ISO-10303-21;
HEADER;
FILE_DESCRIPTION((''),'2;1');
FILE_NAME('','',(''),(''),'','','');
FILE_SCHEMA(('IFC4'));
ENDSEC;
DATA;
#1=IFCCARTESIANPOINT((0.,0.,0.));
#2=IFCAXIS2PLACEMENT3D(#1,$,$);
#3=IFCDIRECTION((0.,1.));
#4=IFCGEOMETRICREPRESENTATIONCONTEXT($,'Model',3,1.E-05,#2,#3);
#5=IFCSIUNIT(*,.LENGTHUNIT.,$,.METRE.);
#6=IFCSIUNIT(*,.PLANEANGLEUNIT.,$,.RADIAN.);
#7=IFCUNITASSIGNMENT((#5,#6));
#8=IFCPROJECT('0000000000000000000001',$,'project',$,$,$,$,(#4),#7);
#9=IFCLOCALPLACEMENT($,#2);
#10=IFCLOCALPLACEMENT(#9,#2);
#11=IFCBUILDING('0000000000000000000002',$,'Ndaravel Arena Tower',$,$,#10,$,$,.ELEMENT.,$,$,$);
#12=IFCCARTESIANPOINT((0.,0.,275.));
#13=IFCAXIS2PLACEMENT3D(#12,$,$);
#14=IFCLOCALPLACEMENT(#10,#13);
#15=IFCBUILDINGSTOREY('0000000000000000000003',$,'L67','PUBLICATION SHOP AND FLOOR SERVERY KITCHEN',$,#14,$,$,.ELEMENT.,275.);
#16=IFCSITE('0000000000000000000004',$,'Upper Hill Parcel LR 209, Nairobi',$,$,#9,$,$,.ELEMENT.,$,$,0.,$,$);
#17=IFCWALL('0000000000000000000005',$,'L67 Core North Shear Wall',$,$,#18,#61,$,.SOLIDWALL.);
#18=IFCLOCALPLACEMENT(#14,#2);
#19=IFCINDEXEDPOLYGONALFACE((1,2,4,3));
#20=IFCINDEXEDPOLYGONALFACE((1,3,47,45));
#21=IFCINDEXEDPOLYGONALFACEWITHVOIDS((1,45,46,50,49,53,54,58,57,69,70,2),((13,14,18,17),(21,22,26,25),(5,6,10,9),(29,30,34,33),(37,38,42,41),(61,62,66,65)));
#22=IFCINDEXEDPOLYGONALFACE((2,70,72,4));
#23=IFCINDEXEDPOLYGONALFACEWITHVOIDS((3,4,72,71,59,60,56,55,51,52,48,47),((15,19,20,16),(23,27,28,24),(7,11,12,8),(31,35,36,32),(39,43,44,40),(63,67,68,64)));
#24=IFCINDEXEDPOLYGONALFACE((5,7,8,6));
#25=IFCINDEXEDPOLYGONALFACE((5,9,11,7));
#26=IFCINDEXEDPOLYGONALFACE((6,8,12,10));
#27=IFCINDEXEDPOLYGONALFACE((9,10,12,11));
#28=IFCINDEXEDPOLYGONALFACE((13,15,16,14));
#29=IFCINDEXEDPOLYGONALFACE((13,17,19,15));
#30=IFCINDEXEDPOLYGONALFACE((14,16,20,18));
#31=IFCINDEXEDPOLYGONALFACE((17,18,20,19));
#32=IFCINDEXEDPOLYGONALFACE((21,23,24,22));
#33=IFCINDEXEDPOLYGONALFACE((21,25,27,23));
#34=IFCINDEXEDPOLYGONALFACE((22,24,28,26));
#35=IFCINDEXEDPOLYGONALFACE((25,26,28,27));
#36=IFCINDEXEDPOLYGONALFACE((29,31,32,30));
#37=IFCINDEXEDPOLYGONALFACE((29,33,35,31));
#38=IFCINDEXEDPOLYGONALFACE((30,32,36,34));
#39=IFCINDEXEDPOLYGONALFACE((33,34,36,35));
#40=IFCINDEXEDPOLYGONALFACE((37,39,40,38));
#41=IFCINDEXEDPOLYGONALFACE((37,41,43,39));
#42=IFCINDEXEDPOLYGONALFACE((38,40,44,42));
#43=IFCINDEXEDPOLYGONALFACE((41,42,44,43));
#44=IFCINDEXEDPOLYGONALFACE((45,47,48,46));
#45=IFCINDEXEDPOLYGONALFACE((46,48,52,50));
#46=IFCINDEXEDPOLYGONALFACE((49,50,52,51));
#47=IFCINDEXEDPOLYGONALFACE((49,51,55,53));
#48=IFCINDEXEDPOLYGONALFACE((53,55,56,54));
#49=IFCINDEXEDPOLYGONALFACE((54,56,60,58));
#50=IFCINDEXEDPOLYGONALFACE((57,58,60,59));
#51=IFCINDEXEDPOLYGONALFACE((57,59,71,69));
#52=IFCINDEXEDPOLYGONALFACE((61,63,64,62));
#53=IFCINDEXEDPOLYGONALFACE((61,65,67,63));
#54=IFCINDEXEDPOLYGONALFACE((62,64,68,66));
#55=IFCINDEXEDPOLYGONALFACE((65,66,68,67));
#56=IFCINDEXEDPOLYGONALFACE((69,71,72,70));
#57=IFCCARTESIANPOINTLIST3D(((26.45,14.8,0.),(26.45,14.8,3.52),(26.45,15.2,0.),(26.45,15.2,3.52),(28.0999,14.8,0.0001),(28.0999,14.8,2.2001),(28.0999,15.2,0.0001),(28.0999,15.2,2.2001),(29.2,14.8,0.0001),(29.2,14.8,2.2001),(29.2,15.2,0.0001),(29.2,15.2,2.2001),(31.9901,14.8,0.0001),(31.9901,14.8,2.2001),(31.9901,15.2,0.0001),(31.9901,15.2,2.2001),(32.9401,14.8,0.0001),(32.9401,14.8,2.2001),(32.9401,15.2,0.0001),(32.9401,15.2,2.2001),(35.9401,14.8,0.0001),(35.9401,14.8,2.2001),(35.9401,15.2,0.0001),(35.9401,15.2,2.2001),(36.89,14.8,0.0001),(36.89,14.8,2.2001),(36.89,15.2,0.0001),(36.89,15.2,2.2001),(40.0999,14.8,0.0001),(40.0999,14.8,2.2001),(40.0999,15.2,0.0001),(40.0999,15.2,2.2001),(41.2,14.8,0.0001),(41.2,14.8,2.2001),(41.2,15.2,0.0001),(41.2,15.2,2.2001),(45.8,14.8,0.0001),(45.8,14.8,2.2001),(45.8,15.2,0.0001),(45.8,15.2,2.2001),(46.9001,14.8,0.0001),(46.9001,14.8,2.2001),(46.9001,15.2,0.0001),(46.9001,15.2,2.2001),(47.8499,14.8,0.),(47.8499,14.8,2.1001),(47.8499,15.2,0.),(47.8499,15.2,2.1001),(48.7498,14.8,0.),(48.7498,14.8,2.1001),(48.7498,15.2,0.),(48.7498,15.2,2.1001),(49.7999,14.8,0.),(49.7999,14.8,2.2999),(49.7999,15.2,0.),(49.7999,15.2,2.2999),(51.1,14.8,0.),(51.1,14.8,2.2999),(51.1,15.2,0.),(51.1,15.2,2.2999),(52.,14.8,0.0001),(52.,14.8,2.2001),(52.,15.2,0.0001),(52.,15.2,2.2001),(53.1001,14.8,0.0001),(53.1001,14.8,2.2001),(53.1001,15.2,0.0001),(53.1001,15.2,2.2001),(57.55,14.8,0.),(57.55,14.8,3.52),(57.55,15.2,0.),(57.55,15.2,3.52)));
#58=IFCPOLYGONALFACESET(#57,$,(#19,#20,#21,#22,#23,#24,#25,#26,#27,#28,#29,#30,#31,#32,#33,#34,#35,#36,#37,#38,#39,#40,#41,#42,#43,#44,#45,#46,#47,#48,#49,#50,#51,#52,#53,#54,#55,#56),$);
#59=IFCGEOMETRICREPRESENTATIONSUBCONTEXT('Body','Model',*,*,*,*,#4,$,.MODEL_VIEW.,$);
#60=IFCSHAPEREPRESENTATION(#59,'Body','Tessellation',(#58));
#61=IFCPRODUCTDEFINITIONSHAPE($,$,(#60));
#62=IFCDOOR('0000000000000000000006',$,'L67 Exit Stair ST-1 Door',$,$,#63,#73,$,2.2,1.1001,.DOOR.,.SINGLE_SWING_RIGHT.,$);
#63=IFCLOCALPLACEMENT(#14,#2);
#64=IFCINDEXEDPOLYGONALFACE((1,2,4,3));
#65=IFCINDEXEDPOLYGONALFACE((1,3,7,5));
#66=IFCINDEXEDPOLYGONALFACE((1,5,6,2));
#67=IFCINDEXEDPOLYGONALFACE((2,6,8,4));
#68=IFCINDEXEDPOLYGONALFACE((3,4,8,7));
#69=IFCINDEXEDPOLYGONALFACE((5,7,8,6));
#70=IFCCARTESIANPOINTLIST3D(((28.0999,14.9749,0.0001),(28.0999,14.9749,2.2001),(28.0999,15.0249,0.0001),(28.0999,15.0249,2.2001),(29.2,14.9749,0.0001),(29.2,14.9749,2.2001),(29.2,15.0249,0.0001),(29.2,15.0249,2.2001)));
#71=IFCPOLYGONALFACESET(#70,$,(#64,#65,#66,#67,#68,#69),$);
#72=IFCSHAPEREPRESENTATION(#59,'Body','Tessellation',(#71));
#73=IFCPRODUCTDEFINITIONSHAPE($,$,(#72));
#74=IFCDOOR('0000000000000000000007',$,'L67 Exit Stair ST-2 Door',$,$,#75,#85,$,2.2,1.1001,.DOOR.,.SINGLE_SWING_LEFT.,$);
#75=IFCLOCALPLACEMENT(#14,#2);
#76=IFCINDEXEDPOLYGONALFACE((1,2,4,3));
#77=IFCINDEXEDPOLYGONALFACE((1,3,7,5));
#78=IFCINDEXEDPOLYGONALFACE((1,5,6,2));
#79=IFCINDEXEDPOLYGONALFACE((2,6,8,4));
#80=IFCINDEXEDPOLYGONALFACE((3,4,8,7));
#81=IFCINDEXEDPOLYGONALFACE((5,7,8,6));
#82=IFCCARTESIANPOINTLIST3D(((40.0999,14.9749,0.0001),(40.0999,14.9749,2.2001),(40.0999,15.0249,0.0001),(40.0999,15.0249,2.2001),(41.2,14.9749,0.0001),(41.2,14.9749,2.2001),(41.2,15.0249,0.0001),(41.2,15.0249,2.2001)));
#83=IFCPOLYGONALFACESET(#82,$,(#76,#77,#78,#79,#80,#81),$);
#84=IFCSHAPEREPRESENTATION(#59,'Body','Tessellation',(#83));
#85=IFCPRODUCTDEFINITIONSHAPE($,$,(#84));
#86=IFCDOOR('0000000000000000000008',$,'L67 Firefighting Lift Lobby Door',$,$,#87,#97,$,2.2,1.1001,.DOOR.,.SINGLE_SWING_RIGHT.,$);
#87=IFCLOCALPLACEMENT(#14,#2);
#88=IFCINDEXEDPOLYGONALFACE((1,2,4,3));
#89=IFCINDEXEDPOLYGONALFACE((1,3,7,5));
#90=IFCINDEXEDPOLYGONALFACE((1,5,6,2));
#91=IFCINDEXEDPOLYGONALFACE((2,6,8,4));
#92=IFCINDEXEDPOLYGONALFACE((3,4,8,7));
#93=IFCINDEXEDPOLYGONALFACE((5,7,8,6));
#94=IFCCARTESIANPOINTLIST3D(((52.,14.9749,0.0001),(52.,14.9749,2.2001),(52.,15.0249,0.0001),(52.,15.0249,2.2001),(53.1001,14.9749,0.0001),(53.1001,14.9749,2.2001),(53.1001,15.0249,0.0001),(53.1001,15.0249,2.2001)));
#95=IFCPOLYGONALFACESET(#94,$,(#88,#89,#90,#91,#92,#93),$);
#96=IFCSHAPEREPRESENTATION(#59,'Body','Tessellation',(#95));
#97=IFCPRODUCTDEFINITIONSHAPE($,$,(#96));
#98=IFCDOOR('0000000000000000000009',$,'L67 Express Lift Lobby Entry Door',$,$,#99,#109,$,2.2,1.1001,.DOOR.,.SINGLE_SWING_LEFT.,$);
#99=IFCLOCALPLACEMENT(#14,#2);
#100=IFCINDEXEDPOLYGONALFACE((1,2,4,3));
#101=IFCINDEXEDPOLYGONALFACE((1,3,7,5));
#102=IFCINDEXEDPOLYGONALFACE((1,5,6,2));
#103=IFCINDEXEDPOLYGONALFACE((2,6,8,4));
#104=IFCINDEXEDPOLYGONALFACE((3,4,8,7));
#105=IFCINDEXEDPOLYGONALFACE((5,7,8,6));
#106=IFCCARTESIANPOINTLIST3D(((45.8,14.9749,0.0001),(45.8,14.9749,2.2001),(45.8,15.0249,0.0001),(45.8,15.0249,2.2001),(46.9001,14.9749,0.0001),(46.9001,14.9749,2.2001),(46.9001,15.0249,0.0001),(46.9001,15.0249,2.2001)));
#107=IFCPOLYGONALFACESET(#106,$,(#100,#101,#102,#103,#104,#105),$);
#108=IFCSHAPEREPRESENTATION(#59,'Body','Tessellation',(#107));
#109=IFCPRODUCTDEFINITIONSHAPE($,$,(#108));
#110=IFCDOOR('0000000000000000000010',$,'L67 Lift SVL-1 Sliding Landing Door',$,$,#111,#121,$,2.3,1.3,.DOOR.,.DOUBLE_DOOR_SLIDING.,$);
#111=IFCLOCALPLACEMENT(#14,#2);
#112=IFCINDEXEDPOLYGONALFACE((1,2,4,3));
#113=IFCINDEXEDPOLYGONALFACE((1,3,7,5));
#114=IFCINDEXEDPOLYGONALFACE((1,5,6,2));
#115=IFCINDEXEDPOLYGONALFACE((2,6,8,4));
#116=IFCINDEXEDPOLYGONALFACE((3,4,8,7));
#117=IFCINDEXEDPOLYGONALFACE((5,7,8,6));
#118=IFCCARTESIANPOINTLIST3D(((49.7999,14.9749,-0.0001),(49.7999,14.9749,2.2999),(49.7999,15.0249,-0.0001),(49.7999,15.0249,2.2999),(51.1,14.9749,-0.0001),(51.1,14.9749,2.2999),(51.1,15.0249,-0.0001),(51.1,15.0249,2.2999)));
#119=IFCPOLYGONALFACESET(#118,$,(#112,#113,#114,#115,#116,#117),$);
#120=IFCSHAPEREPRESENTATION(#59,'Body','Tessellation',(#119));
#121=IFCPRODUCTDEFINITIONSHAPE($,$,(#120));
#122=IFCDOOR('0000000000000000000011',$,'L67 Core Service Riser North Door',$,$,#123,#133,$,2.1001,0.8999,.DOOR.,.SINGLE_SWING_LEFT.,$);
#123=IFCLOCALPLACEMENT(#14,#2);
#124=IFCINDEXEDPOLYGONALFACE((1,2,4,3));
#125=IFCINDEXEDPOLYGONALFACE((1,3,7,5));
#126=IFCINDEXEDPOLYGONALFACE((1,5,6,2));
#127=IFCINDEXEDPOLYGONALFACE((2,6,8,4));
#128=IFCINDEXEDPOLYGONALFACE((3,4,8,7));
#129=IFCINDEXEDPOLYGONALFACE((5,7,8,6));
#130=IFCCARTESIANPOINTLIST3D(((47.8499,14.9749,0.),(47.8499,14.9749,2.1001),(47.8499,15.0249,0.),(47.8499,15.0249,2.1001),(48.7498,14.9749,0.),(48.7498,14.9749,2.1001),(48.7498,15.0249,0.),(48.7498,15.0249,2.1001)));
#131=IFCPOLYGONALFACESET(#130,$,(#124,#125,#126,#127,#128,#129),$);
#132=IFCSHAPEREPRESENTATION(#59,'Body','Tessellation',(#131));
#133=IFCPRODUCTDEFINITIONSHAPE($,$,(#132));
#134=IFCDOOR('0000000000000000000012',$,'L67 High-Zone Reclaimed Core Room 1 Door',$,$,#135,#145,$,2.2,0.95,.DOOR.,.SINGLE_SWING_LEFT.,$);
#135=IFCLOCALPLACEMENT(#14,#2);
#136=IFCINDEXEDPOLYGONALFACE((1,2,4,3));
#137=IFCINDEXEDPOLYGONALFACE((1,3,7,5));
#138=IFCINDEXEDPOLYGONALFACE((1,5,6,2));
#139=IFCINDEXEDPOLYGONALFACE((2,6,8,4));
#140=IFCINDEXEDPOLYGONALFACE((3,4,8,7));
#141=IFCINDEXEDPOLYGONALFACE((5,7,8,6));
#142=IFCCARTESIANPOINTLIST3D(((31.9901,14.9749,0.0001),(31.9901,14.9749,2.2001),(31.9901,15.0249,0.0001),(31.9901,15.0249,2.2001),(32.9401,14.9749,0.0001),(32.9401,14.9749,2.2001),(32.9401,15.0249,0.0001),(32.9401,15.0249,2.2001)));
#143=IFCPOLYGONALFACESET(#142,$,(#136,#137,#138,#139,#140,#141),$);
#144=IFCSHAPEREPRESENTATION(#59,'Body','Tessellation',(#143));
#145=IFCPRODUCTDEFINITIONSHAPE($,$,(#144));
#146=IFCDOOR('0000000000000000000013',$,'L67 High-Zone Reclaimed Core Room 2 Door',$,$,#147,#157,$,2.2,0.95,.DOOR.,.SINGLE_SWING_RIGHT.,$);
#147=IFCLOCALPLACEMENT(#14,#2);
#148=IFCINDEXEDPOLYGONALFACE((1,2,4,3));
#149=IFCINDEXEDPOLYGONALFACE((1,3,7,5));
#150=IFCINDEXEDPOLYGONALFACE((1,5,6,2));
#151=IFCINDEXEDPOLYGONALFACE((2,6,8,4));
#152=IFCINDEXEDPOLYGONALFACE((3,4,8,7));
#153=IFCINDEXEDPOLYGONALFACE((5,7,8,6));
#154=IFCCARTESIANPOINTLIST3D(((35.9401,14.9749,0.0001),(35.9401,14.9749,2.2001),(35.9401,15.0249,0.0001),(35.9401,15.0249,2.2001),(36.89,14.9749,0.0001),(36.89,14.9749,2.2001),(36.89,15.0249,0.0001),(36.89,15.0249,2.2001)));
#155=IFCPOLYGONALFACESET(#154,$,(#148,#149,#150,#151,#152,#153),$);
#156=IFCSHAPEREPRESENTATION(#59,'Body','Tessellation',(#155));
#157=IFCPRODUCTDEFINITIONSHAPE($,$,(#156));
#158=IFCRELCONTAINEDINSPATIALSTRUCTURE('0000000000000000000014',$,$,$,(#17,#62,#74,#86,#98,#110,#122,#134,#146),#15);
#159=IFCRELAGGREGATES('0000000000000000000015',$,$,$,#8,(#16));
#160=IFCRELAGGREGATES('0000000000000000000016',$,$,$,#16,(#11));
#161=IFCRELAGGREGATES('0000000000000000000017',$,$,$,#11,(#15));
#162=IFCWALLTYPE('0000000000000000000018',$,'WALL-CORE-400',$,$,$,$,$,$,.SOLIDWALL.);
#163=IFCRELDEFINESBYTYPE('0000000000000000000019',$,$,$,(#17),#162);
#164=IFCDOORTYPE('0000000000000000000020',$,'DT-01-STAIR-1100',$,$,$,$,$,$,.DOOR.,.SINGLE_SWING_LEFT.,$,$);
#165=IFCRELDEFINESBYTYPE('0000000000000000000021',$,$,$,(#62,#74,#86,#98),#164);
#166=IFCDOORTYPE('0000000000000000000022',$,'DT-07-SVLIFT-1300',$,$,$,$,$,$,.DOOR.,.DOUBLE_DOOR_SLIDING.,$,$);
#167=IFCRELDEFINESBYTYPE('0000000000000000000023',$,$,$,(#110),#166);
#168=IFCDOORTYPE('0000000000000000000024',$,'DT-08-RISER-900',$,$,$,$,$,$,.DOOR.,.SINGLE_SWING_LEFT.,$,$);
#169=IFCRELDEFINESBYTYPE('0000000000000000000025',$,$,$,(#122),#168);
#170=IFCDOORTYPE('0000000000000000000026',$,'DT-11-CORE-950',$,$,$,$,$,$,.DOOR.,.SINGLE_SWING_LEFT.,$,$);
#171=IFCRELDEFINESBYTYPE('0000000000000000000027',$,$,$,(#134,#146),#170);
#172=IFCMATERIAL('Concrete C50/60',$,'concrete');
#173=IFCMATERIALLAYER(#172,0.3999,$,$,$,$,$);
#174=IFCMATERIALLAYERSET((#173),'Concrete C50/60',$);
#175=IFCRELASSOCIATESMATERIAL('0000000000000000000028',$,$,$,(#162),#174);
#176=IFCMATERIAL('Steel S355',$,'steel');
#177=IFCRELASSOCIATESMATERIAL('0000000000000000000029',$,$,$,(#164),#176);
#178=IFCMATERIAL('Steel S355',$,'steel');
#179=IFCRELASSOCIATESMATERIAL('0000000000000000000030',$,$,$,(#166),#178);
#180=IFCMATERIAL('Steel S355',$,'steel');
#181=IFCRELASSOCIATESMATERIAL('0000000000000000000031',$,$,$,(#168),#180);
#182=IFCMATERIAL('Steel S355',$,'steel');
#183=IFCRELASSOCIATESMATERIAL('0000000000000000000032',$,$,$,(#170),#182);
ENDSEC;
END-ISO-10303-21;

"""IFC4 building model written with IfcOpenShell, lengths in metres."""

from ifc_helpers import new_model, si_unit, direction, frame, frame_2d, origin, place, context, subcontext, project, spatial, rectangle, extrude, material, layer, layer_set, type_object, element, fill, save


model = new_model("IFC4")

# Units and contexts
model_context = context("Model", 3, precision=1e-05, world=origin(), true_north=direction((0.0, 1.0)))
body_context = subcontext(model_context, "Body", "Model", "MODEL_VIEW")
ifc_project = project(units=[si_unit("LENGTHUNIT", "METRE"), si_unit("PLANEANGLEUNIT", "RADIAN")], contexts=[model_context])

# Site, building, storey
site_placement = place(None, origin())
site = spatial("IfcSite", under=ifc_project, at=site_placement, Name="Upper Hill Parcel LR 209, Nairobi", CompositionType="ELEMENT", RefElevation=0.0)
building_placement = place(site_placement, origin())
building = spatial("IfcBuilding", under=site, at=building_placement, Name="Ndaravel Arena Tower", CompositionType="ELEMENT")
storey_placement = place(building_placement, frame((0.0, 0.0, 275.0)))
storey = spatial("IfcBuildingStorey", under=building, at=storey_placement, Name="L67", Description="PUBLICATION SHOP AND FLOOR SERVERY KITCHEN", CompositionType="ELEMENT", Elevation=275.0)

# Wall, openings, doors
ifc_material_1 = material(Name="Concrete C50/60", Category="concrete")
ifc_layer_1 = layer(ifc_material_1, 0.3999)
ifc_layer_set_1 = layer_set([ifc_layer_1], Name="Concrete C50/60")
wall_type_1 = type_object("IfcWallType", Name="WALL-CORE-400", PredefinedType="SOLIDWALL", material=ifc_layer_set_1)
wall_1_placement = place(storey_placement, frame((26.45, 15.0, 0.0), z_axis=(0.0, 0.0, 1.0), x_axis=(1.0, 0.0, 0.0)))
wall_1 = element("IfcWall", 1, at=wall_1_placement, inside=storey, type_object=wall_type_1, Name="L67 Core North Shear Wall", PredefinedType="SOLIDWALL", context=body_context, shape_type="SweptSolid", body=[
    extrude(rectangle(XDim=31.1001, YDim=0.3999, at=frame_2d((15.55, 0.0))), origin(), (0.0, 0.0, 1.0), 3.52),
])
opening_1_placement = place(wall_1_placement, frame((1.6499, 0.0, 0.0)))
opening_1 = element("IfcOpeningElement", 2, at=opening_1_placement, cuts=wall_1, PredefinedType="OPENING", context=body_context, shape_type="SweptSolid", body=[
    extrude(rectangle(XDim=1.1001, YDim=2.2, at=frame_2d((0.55, 1.1001))), frame((0.0, 0.2, 0.0), z_axis=(0.0, -1.0, 0.0), x_axis=(1.0, 0.0, 0.0)), (0.0, 0.0, 1.0), 0.3999),
])
opening_2_placement = place(wall_1_placement, frame((13.6499, 0.0, 0.0)))
opening_2 = element("IfcOpeningElement", 3, at=opening_2_placement, cuts=wall_1, PredefinedType="OPENING", context=body_context, shape_type="SweptSolid", body=[
    extrude(rectangle(XDim=1.1001, YDim=2.2, at=frame_2d((0.55, 1.1001))), frame((0.0, 0.2, 0.0), z_axis=(0.0, -1.0, 0.0), x_axis=(1.0, 0.0, 0.0)), (0.0, 0.0, 1.0), 0.3999),
])
opening_3_placement = place(wall_1_placement, frame((25.55, 0.0, 0.0)))
opening_3 = element("IfcOpeningElement", 4, at=opening_3_placement, cuts=wall_1, PredefinedType="OPENING", context=body_context, shape_type="SweptSolid", body=[
    extrude(rectangle(XDim=1.1001, YDim=2.2, at=frame_2d((0.55, 1.1001))), frame((0.0, 0.2, 0.0), z_axis=(0.0, -1.0, 0.0), x_axis=(1.0, 0.0, 0.0)), (0.0, 0.0, 1.0), 0.3999),
])
opening_4_placement = place(wall_1_placement, frame((19.3501, 0.0, 0.0)))
opening_4 = element("IfcOpeningElement", 5, at=opening_4_placement, cuts=wall_1, PredefinedType="OPENING", context=body_context, shape_type="SweptSolid", body=[
    extrude(rectangle(XDim=1.1001, YDim=2.2, at=frame_2d((0.55, 1.1001))), frame((0.0, 0.2, 0.0), z_axis=(0.0, -1.0, 0.0), x_axis=(1.0, 0.0, 0.0)), (0.0, 0.0, 1.0), 0.3999),
])
opening_5_placement = place(wall_1_placement, frame((21.3999, 0.0, 0.0)))
opening_5 = element("IfcOpeningElement", 6, at=opening_5_placement, cuts=wall_1, PredefinedType="OPENING", context=body_context, shape_type="SweptSolid", body=[
    extrude(rectangle(XDim=0.8999, YDim=2.1001, at=frame_2d((0.45, 1.05))), frame((0.0, 0.2, 0.0), z_axis=(0.0, -1.0, 0.0), x_axis=(1.0, 0.0, 0.0)), (0.0, 0.0, 1.0), 0.3999),
])
opening_6_placement = place(wall_1_placement, frame((5.54, 0.0, 0.0)))
opening_6 = element("IfcOpeningElement", 7, at=opening_6_placement, cuts=wall_1, PredefinedType="OPENING", context=body_context, shape_type="SweptSolid", body=[
    extrude(rectangle(XDim=0.95, YDim=2.2, at=frame_2d((0.4751, 1.1001))), frame((0.0, 0.2, 0.0), z_axis=(0.0, -1.0, 0.0), x_axis=(1.0, 0.0, 0.0)), (0.0, 0.0, 1.0), 0.3999),
])
opening_7_placement = place(wall_1_placement, frame((9.49, 0.0, 0.0)))
opening_7 = element("IfcOpeningElement", 8, at=opening_7_placement, cuts=wall_1, PredefinedType="OPENING", context=body_context, shape_type="SweptSolid", body=[
    extrude(rectangle(XDim=0.95, YDim=2.2, at=frame_2d((0.4751, 1.1001))), frame((0.0, 0.2, 0.0), z_axis=(0.0, -1.0, 0.0), x_axis=(1.0, 0.0, 0.0)), (0.0, 0.0, 1.0), 0.3999),
])
opening_8_placement = place(wall_1_placement, frame((23.3501, 0.0, 0.0)))
opening_8 = element("IfcOpeningElement", 9, at=opening_8_placement, cuts=wall_1, PredefinedType="OPENING", context=body_context, shape_type="SweptSolid", body=[
    extrude(rectangle(XDim=1.3, YDim=2.3, at=frame_2d((0.6499, 1.1499))), frame((0.0, 0.2, 0.0), z_axis=(0.0, -1.0, 0.0), x_axis=(1.0, 0.0, 0.0)), (0.0, 0.0, 1.0), 0.3999),
])
ifc_material_2 = material(Name="Steel S355", Category="steel")
door_type_1 = type_object("IfcDoorType", Name="DT-01-STAIR-1100", OperationType="SINGLE_SWING_LEFT", PredefinedType="DOOR", material=ifc_material_2)
door_1_placement = place(opening_1_placement, origin())
door_1 = element("IfcDoor", 10, at=door_1_placement, inside=storey, type_object=door_type_1, Name="L67 Exit Stair ST-1 Door", OperationType="SINGLE_SWING_RIGHT", OverallHeight=2.2, OverallWidth=1.1001, PredefinedType="DOOR", context=body_context, shape_type="SweptSolid", body=[
    extrude(rectangle(XDim=1.1001, YDim=2.2, at=frame_2d((0.55, 1.1001))), frame((0.0, 0.0249, 0.0), z_axis=(0.0, -1.0, 0.0), x_axis=(1.0, 0.0, 0.0)), (0.0, 0.0, 1.0), 0.05),
])
fill(opening_1, door_1)
door_2_placement = place(opening_2_placement, origin())
door_2 = element("IfcDoor", 11, at=door_2_placement, inside=storey, type_object=door_type_1, Name="L67 Exit Stair ST-2 Door", OperationType="SINGLE_SWING_LEFT", OverallHeight=2.2, OverallWidth=1.1001, PredefinedType="DOOR", context=body_context, shape_type="SweptSolid", body=[
    extrude(rectangle(XDim=1.1001, YDim=2.2, at=frame_2d((0.55, 1.1001))), frame((0.0, 0.0249, 0.0), z_axis=(0.0, -1.0, 0.0), x_axis=(1.0, 0.0, 0.0)), (0.0, 0.0, 1.0), 0.05),
])
fill(opening_2, door_2)
door_3_placement = place(opening_3_placement, origin())
door_3 = element("IfcDoor", 12, at=door_3_placement, inside=storey, type_object=door_type_1, Name="L67 Firefighting Lift Lobby Door", OperationType="SINGLE_SWING_RIGHT", OverallHeight=2.2, OverallWidth=1.1001, PredefinedType="DOOR", context=body_context, shape_type="SweptSolid", body=[
    extrude(rectangle(XDim=1.1001, YDim=2.2, at=frame_2d((0.55, 1.1001))), frame((0.0, 0.0249, 0.0), z_axis=(0.0, -1.0, 0.0), x_axis=(1.0, 0.0, 0.0)), (0.0, 0.0, 1.0), 0.05),
])
fill(opening_3, door_3)
door_4_placement = place(opening_4_placement, origin())
door_4 = element("IfcDoor", 13, at=door_4_placement, inside=storey, type_object=door_type_1, Name="L67 Express Lift Lobby Entry Door", OperationType="SINGLE_SWING_LEFT", OverallHeight=2.2, OverallWidth=1.1001, PredefinedType="DOOR", context=body_context, shape_type="SweptSolid", body=[
    extrude(rectangle(XDim=1.1001, YDim=2.2, at=frame_2d((0.55, 1.1001))), frame((0.0, 0.0249, 0.0), z_axis=(0.0, -1.0, 0.0), x_axis=(1.0, 0.0, 0.0)), (0.0, 0.0, 1.0), 0.05),
])
fill(opening_4, door_4)
ifc_material_3 = material(Name="Steel S355", Category="steel")
door_type_2 = type_object("IfcDoorType", Name="DT-07-SVLIFT-1300", OperationType="DOUBLE_DOOR_SLIDING", PredefinedType="DOOR", material=ifc_material_3)
door_5_placement = place(opening_8_placement, origin())
door_5 = element("IfcDoor", 14, at=door_5_placement, inside=storey, type_object=door_type_2, Name="L67 Lift SVL-1 Sliding Landing Door", OperationType="DOUBLE_DOOR_SLIDING", OverallHeight=2.3, OverallWidth=1.3, PredefinedType="DOOR", context=body_context, shape_type="SweptSolid", body=[
    extrude(rectangle(XDim=1.3, YDim=2.3, at=frame_2d((0.6499, 1.1499))), frame((0.0, 0.0249, 0.0), z_axis=(0.0, -1.0, 0.0), x_axis=(1.0, 0.0, 0.0)), (0.0, 0.0, 1.0), 0.05),
])
fill(opening_8, door_5)
ifc_material_4 = material(Name="Steel S355", Category="steel")
door_type_3 = type_object("IfcDoorType", Name="DT-08-RISER-900", OperationType="SINGLE_SWING_LEFT", PredefinedType="DOOR", material=ifc_material_4)
door_6_placement = place(opening_5_placement, origin())
door_6 = element("IfcDoor", 15, at=door_6_placement, inside=storey, type_object=door_type_3, Name="L67 Core Service Riser North Door", OperationType="SINGLE_SWING_LEFT", OverallHeight=2.1001, OverallWidth=0.8999, PredefinedType="DOOR", context=body_context, shape_type="SweptSolid", body=[
    extrude(rectangle(XDim=0.8999, YDim=2.1001, at=frame_2d((0.45, 1.05))), frame((0.0, 0.0249, 0.0), z_axis=(0.0, -1.0, 0.0), x_axis=(1.0, 0.0, 0.0)), (0.0, 0.0, 1.0), 0.05),
])
fill(opening_5, door_6)
ifc_material_5 = material(Name="Steel S355", Category="steel")
door_type_4 = type_object("IfcDoorType", Name="DT-11-CORE-950", OperationType="SINGLE_SWING_LEFT", PredefinedType="DOOR", material=ifc_material_5)
door_7_placement = place(opening_6_placement, origin())
door_7 = element("IfcDoor", 16, at=door_7_placement, inside=storey, type_object=door_type_4, Name="L67 High-Zone Reclaimed Core Room 1 Door", OperationType="SINGLE_SWING_LEFT", OverallHeight=2.2, OverallWidth=0.95, PredefinedType="DOOR", context=body_context, shape_type="SweptSolid", body=[
    extrude(rectangle(XDim=0.95, YDim=2.2, at=frame_2d((0.4751, 1.1001))), frame((0.0, 0.0249, 0.0), z_axis=(0.0, -1.0, 0.0), x_axis=(1.0, 0.0, 0.0)), (0.0, 0.0, 1.0), 0.05),
])
fill(opening_6, door_7)
door_8_placement = place(opening_7_placement, origin())
door_8 = element("IfcDoor", 17, at=door_8_placement, inside=storey, type_object=door_type_4, Name="L67 High-Zone Reclaimed Core Room 2 Door", OperationType="SINGLE_SWING_RIGHT", OverallHeight=2.2, OverallWidth=0.95, PredefinedType="DOOR", context=body_context, shape_type="SweptSolid", body=[
    extrude(rectangle(XDim=0.95, YDim=2.2, at=frame_2d((0.4751, 1.1001))), frame((0.0, 0.0249, 0.0), z_axis=(0.0, -1.0, 0.0), x_axis=(1.0, 0.0, 0.0)), (0.0, 0.0, 1.0), 0.05),
])
fill(opening_7, door_8)

save(model, "model.ifc")
